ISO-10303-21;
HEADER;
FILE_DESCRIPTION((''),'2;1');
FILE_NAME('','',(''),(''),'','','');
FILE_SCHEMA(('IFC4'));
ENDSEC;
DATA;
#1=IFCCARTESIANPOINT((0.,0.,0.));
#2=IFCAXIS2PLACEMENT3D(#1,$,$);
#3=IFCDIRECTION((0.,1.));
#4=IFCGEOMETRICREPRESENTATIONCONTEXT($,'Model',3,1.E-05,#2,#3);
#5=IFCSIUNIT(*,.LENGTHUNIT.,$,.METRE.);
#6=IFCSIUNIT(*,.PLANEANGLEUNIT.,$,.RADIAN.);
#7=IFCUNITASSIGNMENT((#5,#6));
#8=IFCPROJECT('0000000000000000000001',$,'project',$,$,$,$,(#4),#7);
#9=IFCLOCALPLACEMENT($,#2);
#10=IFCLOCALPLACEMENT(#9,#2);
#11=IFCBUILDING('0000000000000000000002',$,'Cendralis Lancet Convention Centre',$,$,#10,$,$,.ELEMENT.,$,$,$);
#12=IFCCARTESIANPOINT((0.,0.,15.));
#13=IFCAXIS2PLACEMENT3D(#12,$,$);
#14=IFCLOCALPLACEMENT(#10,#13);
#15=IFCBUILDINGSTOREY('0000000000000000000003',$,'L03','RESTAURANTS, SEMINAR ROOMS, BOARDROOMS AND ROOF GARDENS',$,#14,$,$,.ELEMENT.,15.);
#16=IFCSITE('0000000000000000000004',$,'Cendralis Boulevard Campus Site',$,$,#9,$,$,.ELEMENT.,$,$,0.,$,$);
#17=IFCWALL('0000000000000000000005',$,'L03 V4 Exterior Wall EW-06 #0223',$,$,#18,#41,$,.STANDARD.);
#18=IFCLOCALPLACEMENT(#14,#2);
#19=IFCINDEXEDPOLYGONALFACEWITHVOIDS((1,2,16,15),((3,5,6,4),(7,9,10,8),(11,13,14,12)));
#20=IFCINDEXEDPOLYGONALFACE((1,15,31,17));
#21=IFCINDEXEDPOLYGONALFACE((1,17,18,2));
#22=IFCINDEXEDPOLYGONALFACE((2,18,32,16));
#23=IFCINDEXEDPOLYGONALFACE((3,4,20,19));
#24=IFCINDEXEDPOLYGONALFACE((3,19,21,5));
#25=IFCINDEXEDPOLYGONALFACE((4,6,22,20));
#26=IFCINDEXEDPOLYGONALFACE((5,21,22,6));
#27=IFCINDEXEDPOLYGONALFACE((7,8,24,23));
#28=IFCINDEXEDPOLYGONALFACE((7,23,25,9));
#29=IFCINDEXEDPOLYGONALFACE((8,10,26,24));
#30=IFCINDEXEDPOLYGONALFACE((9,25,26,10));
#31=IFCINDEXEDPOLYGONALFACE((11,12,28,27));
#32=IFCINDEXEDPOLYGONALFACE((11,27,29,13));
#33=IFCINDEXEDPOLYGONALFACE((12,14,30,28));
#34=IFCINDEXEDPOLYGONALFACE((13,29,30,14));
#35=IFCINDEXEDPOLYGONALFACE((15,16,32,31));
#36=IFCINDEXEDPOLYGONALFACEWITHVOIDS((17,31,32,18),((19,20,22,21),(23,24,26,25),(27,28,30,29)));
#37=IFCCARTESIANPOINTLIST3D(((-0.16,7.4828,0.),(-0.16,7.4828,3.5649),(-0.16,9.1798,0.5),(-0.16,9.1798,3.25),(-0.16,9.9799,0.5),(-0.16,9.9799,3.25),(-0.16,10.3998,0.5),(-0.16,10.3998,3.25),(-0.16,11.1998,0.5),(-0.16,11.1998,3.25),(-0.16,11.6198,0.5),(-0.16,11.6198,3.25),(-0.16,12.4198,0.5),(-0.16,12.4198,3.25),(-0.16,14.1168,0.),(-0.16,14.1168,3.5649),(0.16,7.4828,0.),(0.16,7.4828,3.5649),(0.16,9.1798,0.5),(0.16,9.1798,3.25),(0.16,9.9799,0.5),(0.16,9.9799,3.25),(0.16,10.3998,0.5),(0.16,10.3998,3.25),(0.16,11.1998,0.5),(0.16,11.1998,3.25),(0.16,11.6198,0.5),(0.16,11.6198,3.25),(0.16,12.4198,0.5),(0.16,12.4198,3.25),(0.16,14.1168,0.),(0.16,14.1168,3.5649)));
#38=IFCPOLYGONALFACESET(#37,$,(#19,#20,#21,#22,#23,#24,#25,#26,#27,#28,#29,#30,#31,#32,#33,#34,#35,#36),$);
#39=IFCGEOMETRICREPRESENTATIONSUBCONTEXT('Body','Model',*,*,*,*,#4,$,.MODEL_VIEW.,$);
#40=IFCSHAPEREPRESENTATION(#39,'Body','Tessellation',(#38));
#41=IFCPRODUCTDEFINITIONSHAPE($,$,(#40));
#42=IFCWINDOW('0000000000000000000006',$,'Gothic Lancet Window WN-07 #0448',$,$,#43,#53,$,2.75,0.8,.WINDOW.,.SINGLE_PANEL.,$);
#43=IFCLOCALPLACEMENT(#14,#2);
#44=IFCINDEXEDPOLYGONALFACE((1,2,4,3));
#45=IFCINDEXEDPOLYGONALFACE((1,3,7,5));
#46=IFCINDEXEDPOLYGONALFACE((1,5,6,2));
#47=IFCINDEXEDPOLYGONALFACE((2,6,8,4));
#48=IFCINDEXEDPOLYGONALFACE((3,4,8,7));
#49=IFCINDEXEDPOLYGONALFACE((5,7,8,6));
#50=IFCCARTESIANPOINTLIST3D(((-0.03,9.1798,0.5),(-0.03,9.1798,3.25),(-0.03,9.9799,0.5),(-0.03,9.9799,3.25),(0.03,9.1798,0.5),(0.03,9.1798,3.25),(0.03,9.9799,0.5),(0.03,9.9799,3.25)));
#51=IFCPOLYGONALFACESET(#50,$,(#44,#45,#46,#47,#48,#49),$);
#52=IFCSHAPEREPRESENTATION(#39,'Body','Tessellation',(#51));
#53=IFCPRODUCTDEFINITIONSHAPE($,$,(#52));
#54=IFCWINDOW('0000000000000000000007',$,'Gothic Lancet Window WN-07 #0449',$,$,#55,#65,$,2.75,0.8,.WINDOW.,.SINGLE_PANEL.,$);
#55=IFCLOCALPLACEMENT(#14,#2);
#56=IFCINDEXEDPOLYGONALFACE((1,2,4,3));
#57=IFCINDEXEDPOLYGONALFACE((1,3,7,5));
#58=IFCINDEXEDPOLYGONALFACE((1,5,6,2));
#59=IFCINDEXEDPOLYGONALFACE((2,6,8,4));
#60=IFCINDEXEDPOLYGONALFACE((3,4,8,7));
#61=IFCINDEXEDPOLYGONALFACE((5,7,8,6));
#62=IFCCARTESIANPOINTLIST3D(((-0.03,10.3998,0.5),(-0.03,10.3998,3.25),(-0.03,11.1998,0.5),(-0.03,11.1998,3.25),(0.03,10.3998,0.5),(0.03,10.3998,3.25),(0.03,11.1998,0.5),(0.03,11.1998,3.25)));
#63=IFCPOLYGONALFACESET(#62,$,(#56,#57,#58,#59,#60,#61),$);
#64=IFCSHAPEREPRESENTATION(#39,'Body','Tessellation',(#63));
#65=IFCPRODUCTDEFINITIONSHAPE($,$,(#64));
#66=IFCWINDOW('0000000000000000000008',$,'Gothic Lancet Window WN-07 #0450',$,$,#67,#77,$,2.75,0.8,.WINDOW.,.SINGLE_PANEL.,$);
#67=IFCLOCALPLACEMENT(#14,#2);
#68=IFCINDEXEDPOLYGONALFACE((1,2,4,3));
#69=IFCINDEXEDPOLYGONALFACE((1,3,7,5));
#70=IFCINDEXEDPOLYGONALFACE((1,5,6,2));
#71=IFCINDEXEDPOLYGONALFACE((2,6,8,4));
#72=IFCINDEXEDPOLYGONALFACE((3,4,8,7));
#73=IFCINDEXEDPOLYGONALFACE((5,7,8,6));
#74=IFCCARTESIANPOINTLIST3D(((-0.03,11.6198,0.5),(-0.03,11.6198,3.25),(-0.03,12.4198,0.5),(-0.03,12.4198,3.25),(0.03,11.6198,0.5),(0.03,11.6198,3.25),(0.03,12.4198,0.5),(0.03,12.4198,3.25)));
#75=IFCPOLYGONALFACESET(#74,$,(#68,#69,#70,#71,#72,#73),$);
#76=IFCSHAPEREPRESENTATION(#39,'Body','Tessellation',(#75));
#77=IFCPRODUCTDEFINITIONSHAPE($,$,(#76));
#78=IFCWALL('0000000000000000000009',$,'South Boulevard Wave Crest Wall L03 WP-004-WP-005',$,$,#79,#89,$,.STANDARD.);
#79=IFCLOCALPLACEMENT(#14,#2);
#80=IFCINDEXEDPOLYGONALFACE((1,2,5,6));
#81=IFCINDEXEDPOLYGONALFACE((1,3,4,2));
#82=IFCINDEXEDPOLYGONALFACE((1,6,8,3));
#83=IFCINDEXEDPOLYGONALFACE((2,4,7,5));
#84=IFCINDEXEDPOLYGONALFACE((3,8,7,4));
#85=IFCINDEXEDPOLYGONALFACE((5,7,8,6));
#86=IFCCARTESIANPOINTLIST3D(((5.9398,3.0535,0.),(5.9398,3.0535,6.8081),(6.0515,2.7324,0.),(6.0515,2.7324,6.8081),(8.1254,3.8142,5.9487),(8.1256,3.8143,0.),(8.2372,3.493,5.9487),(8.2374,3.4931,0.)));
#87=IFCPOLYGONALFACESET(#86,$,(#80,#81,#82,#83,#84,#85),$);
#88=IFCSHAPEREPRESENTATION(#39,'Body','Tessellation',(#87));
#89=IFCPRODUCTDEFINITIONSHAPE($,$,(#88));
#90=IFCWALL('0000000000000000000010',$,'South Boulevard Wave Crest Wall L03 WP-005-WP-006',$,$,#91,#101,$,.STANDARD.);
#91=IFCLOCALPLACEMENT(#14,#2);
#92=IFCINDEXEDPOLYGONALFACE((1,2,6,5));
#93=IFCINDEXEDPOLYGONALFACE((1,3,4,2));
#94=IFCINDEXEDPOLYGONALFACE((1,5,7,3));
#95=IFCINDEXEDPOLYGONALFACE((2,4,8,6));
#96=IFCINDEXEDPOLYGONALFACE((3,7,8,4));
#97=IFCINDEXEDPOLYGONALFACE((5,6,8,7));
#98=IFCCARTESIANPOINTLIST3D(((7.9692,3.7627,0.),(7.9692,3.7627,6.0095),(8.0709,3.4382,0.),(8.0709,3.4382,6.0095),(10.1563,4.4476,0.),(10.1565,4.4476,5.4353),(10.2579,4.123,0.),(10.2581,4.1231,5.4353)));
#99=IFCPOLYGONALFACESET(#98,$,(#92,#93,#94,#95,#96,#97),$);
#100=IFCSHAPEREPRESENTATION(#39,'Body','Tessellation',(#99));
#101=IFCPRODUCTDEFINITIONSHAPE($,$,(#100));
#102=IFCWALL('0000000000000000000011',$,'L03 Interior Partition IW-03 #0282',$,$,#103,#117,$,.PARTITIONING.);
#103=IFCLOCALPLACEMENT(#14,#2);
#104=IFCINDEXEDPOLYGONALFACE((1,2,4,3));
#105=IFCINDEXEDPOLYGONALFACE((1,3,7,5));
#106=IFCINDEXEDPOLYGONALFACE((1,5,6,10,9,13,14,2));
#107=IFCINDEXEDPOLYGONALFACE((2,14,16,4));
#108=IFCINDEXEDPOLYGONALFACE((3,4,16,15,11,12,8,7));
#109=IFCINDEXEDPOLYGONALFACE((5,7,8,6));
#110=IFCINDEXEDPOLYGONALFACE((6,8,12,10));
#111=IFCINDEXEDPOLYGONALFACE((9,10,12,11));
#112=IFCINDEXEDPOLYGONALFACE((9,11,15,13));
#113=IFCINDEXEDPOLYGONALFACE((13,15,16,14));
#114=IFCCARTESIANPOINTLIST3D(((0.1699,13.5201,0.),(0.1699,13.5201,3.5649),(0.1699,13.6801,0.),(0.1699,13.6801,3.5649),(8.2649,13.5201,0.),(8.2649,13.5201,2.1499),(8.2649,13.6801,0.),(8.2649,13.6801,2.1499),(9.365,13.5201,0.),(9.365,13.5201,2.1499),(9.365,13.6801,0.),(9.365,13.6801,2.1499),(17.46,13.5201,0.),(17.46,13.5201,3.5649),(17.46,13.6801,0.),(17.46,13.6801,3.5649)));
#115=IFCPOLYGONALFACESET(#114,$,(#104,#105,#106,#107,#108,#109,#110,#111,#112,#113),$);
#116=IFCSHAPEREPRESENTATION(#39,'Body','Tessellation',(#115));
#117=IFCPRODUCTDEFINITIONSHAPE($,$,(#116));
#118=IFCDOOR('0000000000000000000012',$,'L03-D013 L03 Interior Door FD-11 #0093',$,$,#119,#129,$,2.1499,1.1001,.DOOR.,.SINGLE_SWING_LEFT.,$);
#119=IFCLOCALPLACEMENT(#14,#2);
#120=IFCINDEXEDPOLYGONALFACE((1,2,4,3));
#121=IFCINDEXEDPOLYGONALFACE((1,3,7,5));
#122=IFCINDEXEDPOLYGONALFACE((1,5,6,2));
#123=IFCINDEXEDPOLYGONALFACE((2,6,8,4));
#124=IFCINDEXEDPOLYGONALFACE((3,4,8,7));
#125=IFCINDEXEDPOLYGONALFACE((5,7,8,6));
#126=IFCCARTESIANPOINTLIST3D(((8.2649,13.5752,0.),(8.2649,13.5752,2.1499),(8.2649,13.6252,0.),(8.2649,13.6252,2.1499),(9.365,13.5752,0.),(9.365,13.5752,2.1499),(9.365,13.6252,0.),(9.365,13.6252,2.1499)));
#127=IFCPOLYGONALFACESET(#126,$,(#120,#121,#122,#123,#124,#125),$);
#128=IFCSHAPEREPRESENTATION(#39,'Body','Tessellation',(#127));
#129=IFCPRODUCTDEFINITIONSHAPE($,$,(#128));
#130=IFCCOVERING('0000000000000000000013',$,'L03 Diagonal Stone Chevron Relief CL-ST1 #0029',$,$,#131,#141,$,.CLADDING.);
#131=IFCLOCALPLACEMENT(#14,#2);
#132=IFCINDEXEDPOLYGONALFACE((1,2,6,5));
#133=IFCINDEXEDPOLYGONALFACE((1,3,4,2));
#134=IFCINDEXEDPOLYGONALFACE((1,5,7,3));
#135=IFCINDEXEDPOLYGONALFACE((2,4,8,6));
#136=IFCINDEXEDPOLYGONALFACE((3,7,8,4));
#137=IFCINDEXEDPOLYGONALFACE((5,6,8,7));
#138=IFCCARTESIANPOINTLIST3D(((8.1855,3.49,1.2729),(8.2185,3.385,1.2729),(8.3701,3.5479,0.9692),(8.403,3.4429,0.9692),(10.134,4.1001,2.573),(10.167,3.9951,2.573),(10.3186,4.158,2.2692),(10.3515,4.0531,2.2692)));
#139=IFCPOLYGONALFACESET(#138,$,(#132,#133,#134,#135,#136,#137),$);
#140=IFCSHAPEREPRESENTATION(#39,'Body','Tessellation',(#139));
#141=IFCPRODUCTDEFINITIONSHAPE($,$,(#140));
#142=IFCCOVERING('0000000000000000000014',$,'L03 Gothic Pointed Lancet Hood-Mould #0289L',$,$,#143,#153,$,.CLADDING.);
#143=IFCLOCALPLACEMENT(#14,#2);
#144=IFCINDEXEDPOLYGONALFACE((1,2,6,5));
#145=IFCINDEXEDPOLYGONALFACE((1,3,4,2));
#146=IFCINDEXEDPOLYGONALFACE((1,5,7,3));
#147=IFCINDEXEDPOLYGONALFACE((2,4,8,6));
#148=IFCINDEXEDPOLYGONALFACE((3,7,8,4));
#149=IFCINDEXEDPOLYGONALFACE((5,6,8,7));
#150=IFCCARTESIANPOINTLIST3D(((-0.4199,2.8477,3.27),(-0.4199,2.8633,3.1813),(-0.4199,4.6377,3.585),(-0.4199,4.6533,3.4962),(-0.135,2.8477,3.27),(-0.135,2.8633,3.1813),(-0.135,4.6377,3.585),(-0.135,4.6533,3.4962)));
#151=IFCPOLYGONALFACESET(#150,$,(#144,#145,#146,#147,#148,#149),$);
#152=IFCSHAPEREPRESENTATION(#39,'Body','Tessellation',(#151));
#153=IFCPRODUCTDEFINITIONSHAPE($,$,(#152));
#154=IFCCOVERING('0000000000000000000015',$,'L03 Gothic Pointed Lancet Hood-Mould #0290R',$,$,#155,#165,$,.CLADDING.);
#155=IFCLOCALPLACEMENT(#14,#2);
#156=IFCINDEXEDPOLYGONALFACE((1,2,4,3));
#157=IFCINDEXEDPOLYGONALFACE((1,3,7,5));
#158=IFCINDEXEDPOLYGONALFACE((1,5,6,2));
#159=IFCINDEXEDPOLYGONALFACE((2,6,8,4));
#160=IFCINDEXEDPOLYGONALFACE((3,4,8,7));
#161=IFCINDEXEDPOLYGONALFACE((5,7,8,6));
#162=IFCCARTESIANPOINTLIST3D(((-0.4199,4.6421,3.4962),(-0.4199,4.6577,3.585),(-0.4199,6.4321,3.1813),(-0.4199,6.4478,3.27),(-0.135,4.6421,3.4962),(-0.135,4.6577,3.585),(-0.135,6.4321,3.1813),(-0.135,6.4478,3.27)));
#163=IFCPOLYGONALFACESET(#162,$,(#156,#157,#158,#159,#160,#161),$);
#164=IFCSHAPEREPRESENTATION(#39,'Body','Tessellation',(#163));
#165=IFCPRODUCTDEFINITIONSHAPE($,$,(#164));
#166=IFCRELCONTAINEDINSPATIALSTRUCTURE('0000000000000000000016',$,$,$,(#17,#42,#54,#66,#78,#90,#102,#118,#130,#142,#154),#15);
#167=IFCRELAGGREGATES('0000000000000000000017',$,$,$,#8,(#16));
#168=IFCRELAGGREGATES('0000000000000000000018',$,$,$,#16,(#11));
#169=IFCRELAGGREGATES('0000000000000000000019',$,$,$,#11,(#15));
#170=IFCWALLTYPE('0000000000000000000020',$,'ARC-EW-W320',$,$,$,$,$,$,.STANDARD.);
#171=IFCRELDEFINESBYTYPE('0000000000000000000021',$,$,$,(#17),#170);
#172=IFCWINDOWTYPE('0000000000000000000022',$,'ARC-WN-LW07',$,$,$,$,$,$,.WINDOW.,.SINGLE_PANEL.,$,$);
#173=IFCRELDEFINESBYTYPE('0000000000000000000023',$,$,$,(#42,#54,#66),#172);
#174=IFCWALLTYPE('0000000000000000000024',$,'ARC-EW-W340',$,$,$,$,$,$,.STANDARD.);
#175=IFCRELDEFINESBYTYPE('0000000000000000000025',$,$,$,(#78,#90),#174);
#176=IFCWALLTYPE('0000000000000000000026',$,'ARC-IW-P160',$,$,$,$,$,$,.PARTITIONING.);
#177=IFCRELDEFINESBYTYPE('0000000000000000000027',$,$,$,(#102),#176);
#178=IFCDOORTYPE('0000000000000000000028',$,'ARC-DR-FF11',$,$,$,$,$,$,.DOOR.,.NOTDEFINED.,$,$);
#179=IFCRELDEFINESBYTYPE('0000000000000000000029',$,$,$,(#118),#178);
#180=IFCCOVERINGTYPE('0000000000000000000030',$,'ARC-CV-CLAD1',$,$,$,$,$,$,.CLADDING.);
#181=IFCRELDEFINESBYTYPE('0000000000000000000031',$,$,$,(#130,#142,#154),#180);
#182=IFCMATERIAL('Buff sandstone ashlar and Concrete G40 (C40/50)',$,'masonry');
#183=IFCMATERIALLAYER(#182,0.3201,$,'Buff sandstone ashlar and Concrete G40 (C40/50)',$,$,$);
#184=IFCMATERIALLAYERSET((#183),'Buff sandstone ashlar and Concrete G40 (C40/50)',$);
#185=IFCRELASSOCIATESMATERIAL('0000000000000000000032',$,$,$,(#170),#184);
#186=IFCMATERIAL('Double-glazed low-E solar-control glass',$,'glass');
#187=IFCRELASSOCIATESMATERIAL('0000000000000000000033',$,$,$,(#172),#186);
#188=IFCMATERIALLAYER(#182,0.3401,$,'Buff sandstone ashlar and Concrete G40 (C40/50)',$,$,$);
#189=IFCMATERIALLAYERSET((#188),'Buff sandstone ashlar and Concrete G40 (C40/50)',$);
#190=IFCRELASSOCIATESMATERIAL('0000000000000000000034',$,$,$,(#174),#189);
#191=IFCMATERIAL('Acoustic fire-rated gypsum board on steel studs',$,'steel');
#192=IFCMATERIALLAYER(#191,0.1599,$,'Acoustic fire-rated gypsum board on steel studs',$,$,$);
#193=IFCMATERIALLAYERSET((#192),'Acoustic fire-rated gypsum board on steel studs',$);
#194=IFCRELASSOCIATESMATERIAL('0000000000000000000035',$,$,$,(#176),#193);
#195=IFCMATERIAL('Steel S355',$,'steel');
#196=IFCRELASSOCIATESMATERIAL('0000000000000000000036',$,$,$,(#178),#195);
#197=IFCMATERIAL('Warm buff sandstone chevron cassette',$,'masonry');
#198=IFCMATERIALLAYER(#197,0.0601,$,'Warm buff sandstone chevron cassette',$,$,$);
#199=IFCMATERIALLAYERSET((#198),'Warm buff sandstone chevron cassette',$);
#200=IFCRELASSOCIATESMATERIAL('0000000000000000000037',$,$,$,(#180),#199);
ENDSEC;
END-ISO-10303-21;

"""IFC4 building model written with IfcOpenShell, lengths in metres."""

from ifc_helpers import new_model, si_unit, direction, frame, frame_2d, origin, place, context, subcontext, project, spatial, polyline, rectangle, outline, extrude, material, layer, layer_set, type_object, element, fill, save


model = new_model("IFC4")

# Units and contexts
model_context = context("Model", 3, precision=1e-05, world=origin(), true_north=direction((0.0, 1.0)))
body_context = subcontext(model_context, "Body", "Model", "MODEL_VIEW")
ifc_project = project(units=[si_unit("LENGTHUNIT", "METRE"), si_unit("PLANEANGLEUNIT", "RADIAN")], contexts=[model_context])

# Site, building, storey
site_placement = place(None, origin())
site = spatial("IfcSite", under=ifc_project, at=site_placement, Name="Cendralis Boulevard Campus Site", CompositionType="ELEMENT", RefElevation=0.0)
building_placement = place(site_placement, origin())
building = spatial("IfcBuilding", under=site, at=building_placement, Name="Cendralis Lancet Convention Centre", CompositionType="ELEMENT")
storey_placement = place(building_placement, frame((0.0, 0.0, 15.0)))
storey = spatial("IfcBuildingStorey", under=building, at=storey_placement, Name="L03", Description="RESTAURANTS, SEMINAR ROOMS, BOARDROOMS AND ROOF GARDENS", CompositionType="ELEMENT", Elevation=15.0)

# Shared definitions
ifc_material_1 = material(Name="Steel S355", Category="steel")

# Shared definitions
ifc_material_2 = material(Name="Warm buff sandstone chevron cassette", Category="masonry")

# Wall, openings, windows
ifc_material_3 = material(Name="Buff sandstone ashlar and Concrete G40 (C40/50)", Category="masonry")
ifc_layer_1 = layer(ifc_material_3, 0.3201, Name="Buff sandstone ashlar and Concrete G40 (C40/50)")
ifc_layer_set_1 = layer_set([ifc_layer_1], Name="Buff sandstone ashlar and Concrete G40 (C40/50)")
wall_type_1 = type_object("IfcWallType", Name="ARC-EW-W320", PredefinedType="STANDARD", material=ifc_layer_set_1)
wall_1_placement = place(storey_placement, frame((0.0, 7.4829, 0.0), z_axis=(0.0, 0.0, 1.0), x_axis=(0.0, 1.0, 0.0)))
wall_1 = element("IfcWall", 1, at=wall_1_placement, inside=storey, type_object=wall_type_1, Name="L03 V4 Exterior Wall EW-06 #0223", PredefinedType="STANDARD", context=body_context, shape_type="SweptSolid", body=[
    extrude(rectangle(XDim=6.634, YDim=0.3201, at=frame_2d((3.3169, 0.0))), origin(), (0.0, 0.0, 1.0), 3.5649),
])
opening_1_placement = place(wall_1_placement, frame((1.697, 0.0, 0.5)))
opening_1 = element("IfcOpeningElement", 2, at=opening_1_placement, cuts=wall_1, PredefinedType="OPENING", context=body_context, shape_type="SweptSolid", body=[
    extrude(rectangle(XDim=0.8, YDim=2.75, at=frame_2d((0.3999, 1.375))), frame((0.0, 0.1699, 0.0), z_axis=(0.0, -1.0, 0.0), x_axis=(1.0, 0.0, 0.0)), (0.0, 0.0, 1.0), 0.3401),
])
opening_2_placement = place(wall_1_placement, frame((2.917, 0.0, 0.5)))
opening_2 = element("IfcOpeningElement", 3, at=opening_2_placement, cuts=wall_1, PredefinedType="OPENING", context=body_context, shape_type="SweptSolid", body=[
    extrude(rectangle(XDim=0.8, YDim=2.75, at=frame_2d((0.3999, 1.375))), frame((0.0, 0.1699, 0.0), z_axis=(0.0, -1.0, 0.0), x_axis=(1.0, 0.0, 0.0)), (0.0, 0.0, 1.0), 0.3401),
])
opening_3_placement = place(wall_1_placement, frame((4.137, 0.0, 0.5)))
opening_3 = element("IfcOpeningElement", 4, at=opening_3_placement, cuts=wall_1, PredefinedType="OPENING", context=body_context, shape_type="SweptSolid", body=[
    extrude(rectangle(XDim=0.8, YDim=2.75, at=frame_2d((0.3999, 1.375))), frame((0.0, 0.1699, 0.0), z_axis=(0.0, -1.0, 0.0), x_axis=(1.0, 0.0, 0.0)), (0.0, 0.0, 1.0), 0.3401),
])
ifc_material_4 = material(Name="Double-glazed low-E solar-control glass", Category="glass")
window_type = type_object("IfcWindowType", Name="ARC-WN-LW07", PartitioningType="SINGLE_PANEL", PredefinedType="WINDOW", material=ifc_material_4)
window_1_placement = place(opening_1_placement, origin())
window_1 = element("IfcWindow", 5, at=window_1_placement, inside=storey, type_object=window_type, Name="Gothic Lancet Window WN-07 #0448", OverallHeight=2.75, OverallWidth=0.8, PartitioningType="SINGLE_PANEL", PredefinedType="WINDOW", context=body_context, shape_type="SweptSolid", body=[
    extrude(rectangle(XDim=0.8, YDim=2.75, at=frame_2d((0.3999, 1.375))), frame((0.0, 0.03, 0.0), z_axis=(0.0, -1.0, 0.0), x_axis=(1.0, 0.0, 0.0)), (0.0, 0.0, 1.0), 0.0601),
])
fill(opening_1, window_1)
window_2_placement = place(opening_2_placement, origin())
window_2 = element("IfcWindow", 6, at=window_2_placement, inside=storey, type_object=window_type, Name="Gothic Lancet Window WN-07 #0449", OverallHeight=2.75, OverallWidth=0.8, PartitioningType="SINGLE_PANEL", PredefinedType="WINDOW", context=body_context, shape_type="SweptSolid", body=[
    extrude(rectangle(XDim=0.8, YDim=2.75, at=frame_2d((0.3999, 1.375))), frame((0.0, 0.03, 0.0), z_axis=(0.0, -1.0, 0.0), x_axis=(1.0, 0.0, 0.0)), (0.0, 0.0, 1.0), 0.0601),
])
fill(opening_2, window_2)
window_3_placement = place(opening_3_placement, origin())
window_3 = element("IfcWindow", 7, at=window_3_placement, inside=storey, type_object=window_type, Name="Gothic Lancet Window WN-07 #0450", OverallHeight=2.75, OverallWidth=0.8, PartitioningType="SINGLE_PANEL", PredefinedType="WINDOW", context=body_context, shape_type="SweptSolid", body=[
    extrude(rectangle(XDim=0.8, YDim=2.75, at=frame_2d((0.3999, 1.375))), frame((0.0, 0.03, 0.0), z_axis=(0.0, -1.0, 0.0), x_axis=(1.0, 0.0, 0.0)), (0.0, 0.0, 1.0), 0.0601),
])
fill(opening_3, window_3)

# Walls
ifc_layer_2 = layer(ifc_material_3, 0.3401, Name="Buff sandstone ashlar and Concrete G40 (C40/50)")
ifc_layer_set_2 = layer_set([ifc_layer_2], Name="Buff sandstone ashlar and Concrete G40 (C40/50)")
wall_type_2 = type_object("IfcWallType", Name="ARC-EW-W340", PredefinedType="STANDARD", material=ifc_layer_set_2)
wall_2_placement = place(storey_placement, frame((5.9956, 2.8931, 0.0), z_axis=(0.0, 0.0, 1.0), x_axis=(0.944434, 0.328701, 0.0)))
element("IfcWall", 8, at=wall_2_placement, inside=storey, type_object=wall_type_2, Name="South Boulevard Wave Crest Wall L03 WP-004-WP-005", PredefinedType="STANDARD", context=body_context, shape_type="SweptSolid", body=[
    extrude(outline(polyline([(0.0, 0.0), (2.3145, 0.0), (2.3142, 5.9487), (0.0, 6.8081), (0.0, 0.0)])), frame((0.0, 0.1699, 0.0), z_axis=(0.0, -1.0, 0.0), x_axis=(1.0, 0.0, 0.0)), (0.0, 0.0, 1.0), 0.3401),
])
wall_3_placement = place(storey_placement, frame((8.02, 3.6006, 0.0), z_axis=(0.0, 0.0, 1.0), x_axis=(0.954309, 0.298821, 0.0)))
element("IfcWall", 9, at=wall_3_placement, inside=storey, type_object=wall_type_2, Name="South Boulevard Wave Crest Wall L03 WP-005-WP-006", PredefinedType="STANDARD", context=body_context, shape_type="SweptSolid", body=[
    extrude(outline(polyline([(0.0, 0.0), (2.2917, 0.0), (2.292, 5.4353), (0.0, 6.0095), (0.0, 0.0)])), frame((0.0, 0.1699, 0.0), z_axis=(0.0, -1.0, 0.0), x_axis=(1.0, 0.0, 0.0)), (0.0, 0.0, 1.0), 0.3401),
])

# Wall, opening, door
ifc_material_5 = material(Name="Acoustic fire-rated gypsum board on steel studs", Category="steel")
ifc_layer_3 = layer(ifc_material_5, 0.1599, Name="Acoustic fire-rated gypsum board on steel studs")
ifc_layer_set_3 = layer_set([ifc_layer_3], Name="Acoustic fire-rated gypsum board on steel studs")
wall_type_3 = type_object("IfcWallType", Name="ARC-IW-P160", PredefinedType="PARTITIONING", material=ifc_layer_set_3)
wall_4_placement = place(storey_placement, frame((0.1699, 13.6001, 0.0), z_axis=(0.0, 0.0, 1.0), x_axis=(1.0, 0.0, 0.0)))
wall_4 = element("IfcWall", 10, at=wall_4_placement, inside=storey, type_object=wall_type_3, Name="L03 Interior Partition IW-03 #0282", PredefinedType="PARTITIONING", context=body_context, shape_type="SweptSolid", body=[
    extrude(rectangle(XDim=17.29, YDim=0.1599, at=frame_2d((8.645, 0.0))), origin(), (0.0, 0.0, 1.0), 3.5649),
])
opening_4_placement = place(wall_4_placement, frame((8.095, 0.0, 0.0)))
opening_4 = element("IfcOpeningElement", 11, at=opening_4_placement, cuts=wall_4, PredefinedType="OPENING", context=body_context, shape_type="SweptSolid", body=[
    extrude(rectangle(XDim=1.1001, YDim=2.1499, at=frame_2d((0.55, 1.075))), frame((0.0, 0.0898, 0.0), z_axis=(0.0, -1.0, 0.0), x_axis=(1.0, 0.0, 0.0)), (0.0, 0.0, 1.0), 0.1799),
])
door_type = type_object("IfcDoorType", Name="ARC-DR-FF11", OperationType="NOTDEFINED", PredefinedType="DOOR", material=ifc_material_1)
door_placement = place(opening_4_placement, frame((1.1001, 0.0, 0.0), z_axis=(0.0, 0.0, 1.0), x_axis=(-1.0, 0.0, 0.0)))
door = element("IfcDoor", 12, at=door_placement, inside=storey, type_object=door_type, Name="L03-D013 L03 Interior Door FD-11 #0093", OperationType="SINGLE_SWING_LEFT", OverallHeight=2.1499, OverallWidth=1.1001, PredefinedType="DOOR", context=body_context, shape_type="SweptSolid", body=[
    extrude(rectangle(XDim=1.1001, YDim=2.1499, at=frame_2d((0.55, 1.075))), frame((0.0, 0.0249, 0.0), z_axis=(0.0, -1.0, 0.0), x_axis=(1.0, 0.0, 0.0)), (0.0, 0.0, 1.0), 0.05),
])
fill(opening_4, door)

# Coverings
ifc_layer_4 = layer(ifc_material_2, 0.0601, Name="Warm buff sandstone chevron cassette")
ifc_layer_set_4 = layer_set([ifc_layer_4], Name="Warm buff sandstone chevron cassette")
covering_type_1 = type_object("IfcCoveringType", Name="ARC-CV-CLAD1", PredefinedType="CLADDING", material=ifc_layer_set_4)
covering_1_placement = place(storey_placement, frame((8.2185, 3.385, 1.2729), z_axis=(-0.512432, -0.16088, 0.843523), x_axis=(0.804984, 0.252055, 0.537093)))
element("IfcCovering", 13, at=covering_1_placement, inside=storey, type_object=covering_type_1, Name="L03 Diagonal Stone Chevron Relief CL-ST1 #0029", PredefinedType="CLADDING", context=body_context, shape_type="SweptSolid", body=[
    extrude(outline(polyline([(0.0, 0.0), (2.4205, 0.0), (2.4205, 0.11), (-0.0001, 0.11), (0.0, 0.0)])), origin(), (0.0, 0.0, -1.0), 0.3601),
])
for number, where, z_axis, x_axis, name in (
    (14, (-0.4199, 2.8477, 3.27), (0.0, -0.17328, 0.984873), (1.0, 0.0, 0.0), "L03 Gothic Pointed Lancet Hood-Mould #0289L"),
    (15, (-0.4199, 4.6577, 3.585), (0.0, 0.17328, 0.984873), (1.0, 0.0, 0.0), "L03 Gothic Pointed Lancet Hood-Mould #0290R"),
):
    element("IfcCovering", number, at=place(storey_placement, frame(where, z_axis=z_axis, x_axis=x_axis)), inside=storey, type_object=covering_type_1, Name=name, PredefinedType="CLADDING", context=body_context, shape_type="SweptSolid", body=[
        extrude(outline(polyline([(0.0, 0.0), (0.2849, 0.0), (0.2849, 1.8175), (0.0, 1.8175), (0.0, 0.0)])), origin(), (0.0, 0.0, -1.0), 0.0901),
    ])

save(model, "model.ifc")
